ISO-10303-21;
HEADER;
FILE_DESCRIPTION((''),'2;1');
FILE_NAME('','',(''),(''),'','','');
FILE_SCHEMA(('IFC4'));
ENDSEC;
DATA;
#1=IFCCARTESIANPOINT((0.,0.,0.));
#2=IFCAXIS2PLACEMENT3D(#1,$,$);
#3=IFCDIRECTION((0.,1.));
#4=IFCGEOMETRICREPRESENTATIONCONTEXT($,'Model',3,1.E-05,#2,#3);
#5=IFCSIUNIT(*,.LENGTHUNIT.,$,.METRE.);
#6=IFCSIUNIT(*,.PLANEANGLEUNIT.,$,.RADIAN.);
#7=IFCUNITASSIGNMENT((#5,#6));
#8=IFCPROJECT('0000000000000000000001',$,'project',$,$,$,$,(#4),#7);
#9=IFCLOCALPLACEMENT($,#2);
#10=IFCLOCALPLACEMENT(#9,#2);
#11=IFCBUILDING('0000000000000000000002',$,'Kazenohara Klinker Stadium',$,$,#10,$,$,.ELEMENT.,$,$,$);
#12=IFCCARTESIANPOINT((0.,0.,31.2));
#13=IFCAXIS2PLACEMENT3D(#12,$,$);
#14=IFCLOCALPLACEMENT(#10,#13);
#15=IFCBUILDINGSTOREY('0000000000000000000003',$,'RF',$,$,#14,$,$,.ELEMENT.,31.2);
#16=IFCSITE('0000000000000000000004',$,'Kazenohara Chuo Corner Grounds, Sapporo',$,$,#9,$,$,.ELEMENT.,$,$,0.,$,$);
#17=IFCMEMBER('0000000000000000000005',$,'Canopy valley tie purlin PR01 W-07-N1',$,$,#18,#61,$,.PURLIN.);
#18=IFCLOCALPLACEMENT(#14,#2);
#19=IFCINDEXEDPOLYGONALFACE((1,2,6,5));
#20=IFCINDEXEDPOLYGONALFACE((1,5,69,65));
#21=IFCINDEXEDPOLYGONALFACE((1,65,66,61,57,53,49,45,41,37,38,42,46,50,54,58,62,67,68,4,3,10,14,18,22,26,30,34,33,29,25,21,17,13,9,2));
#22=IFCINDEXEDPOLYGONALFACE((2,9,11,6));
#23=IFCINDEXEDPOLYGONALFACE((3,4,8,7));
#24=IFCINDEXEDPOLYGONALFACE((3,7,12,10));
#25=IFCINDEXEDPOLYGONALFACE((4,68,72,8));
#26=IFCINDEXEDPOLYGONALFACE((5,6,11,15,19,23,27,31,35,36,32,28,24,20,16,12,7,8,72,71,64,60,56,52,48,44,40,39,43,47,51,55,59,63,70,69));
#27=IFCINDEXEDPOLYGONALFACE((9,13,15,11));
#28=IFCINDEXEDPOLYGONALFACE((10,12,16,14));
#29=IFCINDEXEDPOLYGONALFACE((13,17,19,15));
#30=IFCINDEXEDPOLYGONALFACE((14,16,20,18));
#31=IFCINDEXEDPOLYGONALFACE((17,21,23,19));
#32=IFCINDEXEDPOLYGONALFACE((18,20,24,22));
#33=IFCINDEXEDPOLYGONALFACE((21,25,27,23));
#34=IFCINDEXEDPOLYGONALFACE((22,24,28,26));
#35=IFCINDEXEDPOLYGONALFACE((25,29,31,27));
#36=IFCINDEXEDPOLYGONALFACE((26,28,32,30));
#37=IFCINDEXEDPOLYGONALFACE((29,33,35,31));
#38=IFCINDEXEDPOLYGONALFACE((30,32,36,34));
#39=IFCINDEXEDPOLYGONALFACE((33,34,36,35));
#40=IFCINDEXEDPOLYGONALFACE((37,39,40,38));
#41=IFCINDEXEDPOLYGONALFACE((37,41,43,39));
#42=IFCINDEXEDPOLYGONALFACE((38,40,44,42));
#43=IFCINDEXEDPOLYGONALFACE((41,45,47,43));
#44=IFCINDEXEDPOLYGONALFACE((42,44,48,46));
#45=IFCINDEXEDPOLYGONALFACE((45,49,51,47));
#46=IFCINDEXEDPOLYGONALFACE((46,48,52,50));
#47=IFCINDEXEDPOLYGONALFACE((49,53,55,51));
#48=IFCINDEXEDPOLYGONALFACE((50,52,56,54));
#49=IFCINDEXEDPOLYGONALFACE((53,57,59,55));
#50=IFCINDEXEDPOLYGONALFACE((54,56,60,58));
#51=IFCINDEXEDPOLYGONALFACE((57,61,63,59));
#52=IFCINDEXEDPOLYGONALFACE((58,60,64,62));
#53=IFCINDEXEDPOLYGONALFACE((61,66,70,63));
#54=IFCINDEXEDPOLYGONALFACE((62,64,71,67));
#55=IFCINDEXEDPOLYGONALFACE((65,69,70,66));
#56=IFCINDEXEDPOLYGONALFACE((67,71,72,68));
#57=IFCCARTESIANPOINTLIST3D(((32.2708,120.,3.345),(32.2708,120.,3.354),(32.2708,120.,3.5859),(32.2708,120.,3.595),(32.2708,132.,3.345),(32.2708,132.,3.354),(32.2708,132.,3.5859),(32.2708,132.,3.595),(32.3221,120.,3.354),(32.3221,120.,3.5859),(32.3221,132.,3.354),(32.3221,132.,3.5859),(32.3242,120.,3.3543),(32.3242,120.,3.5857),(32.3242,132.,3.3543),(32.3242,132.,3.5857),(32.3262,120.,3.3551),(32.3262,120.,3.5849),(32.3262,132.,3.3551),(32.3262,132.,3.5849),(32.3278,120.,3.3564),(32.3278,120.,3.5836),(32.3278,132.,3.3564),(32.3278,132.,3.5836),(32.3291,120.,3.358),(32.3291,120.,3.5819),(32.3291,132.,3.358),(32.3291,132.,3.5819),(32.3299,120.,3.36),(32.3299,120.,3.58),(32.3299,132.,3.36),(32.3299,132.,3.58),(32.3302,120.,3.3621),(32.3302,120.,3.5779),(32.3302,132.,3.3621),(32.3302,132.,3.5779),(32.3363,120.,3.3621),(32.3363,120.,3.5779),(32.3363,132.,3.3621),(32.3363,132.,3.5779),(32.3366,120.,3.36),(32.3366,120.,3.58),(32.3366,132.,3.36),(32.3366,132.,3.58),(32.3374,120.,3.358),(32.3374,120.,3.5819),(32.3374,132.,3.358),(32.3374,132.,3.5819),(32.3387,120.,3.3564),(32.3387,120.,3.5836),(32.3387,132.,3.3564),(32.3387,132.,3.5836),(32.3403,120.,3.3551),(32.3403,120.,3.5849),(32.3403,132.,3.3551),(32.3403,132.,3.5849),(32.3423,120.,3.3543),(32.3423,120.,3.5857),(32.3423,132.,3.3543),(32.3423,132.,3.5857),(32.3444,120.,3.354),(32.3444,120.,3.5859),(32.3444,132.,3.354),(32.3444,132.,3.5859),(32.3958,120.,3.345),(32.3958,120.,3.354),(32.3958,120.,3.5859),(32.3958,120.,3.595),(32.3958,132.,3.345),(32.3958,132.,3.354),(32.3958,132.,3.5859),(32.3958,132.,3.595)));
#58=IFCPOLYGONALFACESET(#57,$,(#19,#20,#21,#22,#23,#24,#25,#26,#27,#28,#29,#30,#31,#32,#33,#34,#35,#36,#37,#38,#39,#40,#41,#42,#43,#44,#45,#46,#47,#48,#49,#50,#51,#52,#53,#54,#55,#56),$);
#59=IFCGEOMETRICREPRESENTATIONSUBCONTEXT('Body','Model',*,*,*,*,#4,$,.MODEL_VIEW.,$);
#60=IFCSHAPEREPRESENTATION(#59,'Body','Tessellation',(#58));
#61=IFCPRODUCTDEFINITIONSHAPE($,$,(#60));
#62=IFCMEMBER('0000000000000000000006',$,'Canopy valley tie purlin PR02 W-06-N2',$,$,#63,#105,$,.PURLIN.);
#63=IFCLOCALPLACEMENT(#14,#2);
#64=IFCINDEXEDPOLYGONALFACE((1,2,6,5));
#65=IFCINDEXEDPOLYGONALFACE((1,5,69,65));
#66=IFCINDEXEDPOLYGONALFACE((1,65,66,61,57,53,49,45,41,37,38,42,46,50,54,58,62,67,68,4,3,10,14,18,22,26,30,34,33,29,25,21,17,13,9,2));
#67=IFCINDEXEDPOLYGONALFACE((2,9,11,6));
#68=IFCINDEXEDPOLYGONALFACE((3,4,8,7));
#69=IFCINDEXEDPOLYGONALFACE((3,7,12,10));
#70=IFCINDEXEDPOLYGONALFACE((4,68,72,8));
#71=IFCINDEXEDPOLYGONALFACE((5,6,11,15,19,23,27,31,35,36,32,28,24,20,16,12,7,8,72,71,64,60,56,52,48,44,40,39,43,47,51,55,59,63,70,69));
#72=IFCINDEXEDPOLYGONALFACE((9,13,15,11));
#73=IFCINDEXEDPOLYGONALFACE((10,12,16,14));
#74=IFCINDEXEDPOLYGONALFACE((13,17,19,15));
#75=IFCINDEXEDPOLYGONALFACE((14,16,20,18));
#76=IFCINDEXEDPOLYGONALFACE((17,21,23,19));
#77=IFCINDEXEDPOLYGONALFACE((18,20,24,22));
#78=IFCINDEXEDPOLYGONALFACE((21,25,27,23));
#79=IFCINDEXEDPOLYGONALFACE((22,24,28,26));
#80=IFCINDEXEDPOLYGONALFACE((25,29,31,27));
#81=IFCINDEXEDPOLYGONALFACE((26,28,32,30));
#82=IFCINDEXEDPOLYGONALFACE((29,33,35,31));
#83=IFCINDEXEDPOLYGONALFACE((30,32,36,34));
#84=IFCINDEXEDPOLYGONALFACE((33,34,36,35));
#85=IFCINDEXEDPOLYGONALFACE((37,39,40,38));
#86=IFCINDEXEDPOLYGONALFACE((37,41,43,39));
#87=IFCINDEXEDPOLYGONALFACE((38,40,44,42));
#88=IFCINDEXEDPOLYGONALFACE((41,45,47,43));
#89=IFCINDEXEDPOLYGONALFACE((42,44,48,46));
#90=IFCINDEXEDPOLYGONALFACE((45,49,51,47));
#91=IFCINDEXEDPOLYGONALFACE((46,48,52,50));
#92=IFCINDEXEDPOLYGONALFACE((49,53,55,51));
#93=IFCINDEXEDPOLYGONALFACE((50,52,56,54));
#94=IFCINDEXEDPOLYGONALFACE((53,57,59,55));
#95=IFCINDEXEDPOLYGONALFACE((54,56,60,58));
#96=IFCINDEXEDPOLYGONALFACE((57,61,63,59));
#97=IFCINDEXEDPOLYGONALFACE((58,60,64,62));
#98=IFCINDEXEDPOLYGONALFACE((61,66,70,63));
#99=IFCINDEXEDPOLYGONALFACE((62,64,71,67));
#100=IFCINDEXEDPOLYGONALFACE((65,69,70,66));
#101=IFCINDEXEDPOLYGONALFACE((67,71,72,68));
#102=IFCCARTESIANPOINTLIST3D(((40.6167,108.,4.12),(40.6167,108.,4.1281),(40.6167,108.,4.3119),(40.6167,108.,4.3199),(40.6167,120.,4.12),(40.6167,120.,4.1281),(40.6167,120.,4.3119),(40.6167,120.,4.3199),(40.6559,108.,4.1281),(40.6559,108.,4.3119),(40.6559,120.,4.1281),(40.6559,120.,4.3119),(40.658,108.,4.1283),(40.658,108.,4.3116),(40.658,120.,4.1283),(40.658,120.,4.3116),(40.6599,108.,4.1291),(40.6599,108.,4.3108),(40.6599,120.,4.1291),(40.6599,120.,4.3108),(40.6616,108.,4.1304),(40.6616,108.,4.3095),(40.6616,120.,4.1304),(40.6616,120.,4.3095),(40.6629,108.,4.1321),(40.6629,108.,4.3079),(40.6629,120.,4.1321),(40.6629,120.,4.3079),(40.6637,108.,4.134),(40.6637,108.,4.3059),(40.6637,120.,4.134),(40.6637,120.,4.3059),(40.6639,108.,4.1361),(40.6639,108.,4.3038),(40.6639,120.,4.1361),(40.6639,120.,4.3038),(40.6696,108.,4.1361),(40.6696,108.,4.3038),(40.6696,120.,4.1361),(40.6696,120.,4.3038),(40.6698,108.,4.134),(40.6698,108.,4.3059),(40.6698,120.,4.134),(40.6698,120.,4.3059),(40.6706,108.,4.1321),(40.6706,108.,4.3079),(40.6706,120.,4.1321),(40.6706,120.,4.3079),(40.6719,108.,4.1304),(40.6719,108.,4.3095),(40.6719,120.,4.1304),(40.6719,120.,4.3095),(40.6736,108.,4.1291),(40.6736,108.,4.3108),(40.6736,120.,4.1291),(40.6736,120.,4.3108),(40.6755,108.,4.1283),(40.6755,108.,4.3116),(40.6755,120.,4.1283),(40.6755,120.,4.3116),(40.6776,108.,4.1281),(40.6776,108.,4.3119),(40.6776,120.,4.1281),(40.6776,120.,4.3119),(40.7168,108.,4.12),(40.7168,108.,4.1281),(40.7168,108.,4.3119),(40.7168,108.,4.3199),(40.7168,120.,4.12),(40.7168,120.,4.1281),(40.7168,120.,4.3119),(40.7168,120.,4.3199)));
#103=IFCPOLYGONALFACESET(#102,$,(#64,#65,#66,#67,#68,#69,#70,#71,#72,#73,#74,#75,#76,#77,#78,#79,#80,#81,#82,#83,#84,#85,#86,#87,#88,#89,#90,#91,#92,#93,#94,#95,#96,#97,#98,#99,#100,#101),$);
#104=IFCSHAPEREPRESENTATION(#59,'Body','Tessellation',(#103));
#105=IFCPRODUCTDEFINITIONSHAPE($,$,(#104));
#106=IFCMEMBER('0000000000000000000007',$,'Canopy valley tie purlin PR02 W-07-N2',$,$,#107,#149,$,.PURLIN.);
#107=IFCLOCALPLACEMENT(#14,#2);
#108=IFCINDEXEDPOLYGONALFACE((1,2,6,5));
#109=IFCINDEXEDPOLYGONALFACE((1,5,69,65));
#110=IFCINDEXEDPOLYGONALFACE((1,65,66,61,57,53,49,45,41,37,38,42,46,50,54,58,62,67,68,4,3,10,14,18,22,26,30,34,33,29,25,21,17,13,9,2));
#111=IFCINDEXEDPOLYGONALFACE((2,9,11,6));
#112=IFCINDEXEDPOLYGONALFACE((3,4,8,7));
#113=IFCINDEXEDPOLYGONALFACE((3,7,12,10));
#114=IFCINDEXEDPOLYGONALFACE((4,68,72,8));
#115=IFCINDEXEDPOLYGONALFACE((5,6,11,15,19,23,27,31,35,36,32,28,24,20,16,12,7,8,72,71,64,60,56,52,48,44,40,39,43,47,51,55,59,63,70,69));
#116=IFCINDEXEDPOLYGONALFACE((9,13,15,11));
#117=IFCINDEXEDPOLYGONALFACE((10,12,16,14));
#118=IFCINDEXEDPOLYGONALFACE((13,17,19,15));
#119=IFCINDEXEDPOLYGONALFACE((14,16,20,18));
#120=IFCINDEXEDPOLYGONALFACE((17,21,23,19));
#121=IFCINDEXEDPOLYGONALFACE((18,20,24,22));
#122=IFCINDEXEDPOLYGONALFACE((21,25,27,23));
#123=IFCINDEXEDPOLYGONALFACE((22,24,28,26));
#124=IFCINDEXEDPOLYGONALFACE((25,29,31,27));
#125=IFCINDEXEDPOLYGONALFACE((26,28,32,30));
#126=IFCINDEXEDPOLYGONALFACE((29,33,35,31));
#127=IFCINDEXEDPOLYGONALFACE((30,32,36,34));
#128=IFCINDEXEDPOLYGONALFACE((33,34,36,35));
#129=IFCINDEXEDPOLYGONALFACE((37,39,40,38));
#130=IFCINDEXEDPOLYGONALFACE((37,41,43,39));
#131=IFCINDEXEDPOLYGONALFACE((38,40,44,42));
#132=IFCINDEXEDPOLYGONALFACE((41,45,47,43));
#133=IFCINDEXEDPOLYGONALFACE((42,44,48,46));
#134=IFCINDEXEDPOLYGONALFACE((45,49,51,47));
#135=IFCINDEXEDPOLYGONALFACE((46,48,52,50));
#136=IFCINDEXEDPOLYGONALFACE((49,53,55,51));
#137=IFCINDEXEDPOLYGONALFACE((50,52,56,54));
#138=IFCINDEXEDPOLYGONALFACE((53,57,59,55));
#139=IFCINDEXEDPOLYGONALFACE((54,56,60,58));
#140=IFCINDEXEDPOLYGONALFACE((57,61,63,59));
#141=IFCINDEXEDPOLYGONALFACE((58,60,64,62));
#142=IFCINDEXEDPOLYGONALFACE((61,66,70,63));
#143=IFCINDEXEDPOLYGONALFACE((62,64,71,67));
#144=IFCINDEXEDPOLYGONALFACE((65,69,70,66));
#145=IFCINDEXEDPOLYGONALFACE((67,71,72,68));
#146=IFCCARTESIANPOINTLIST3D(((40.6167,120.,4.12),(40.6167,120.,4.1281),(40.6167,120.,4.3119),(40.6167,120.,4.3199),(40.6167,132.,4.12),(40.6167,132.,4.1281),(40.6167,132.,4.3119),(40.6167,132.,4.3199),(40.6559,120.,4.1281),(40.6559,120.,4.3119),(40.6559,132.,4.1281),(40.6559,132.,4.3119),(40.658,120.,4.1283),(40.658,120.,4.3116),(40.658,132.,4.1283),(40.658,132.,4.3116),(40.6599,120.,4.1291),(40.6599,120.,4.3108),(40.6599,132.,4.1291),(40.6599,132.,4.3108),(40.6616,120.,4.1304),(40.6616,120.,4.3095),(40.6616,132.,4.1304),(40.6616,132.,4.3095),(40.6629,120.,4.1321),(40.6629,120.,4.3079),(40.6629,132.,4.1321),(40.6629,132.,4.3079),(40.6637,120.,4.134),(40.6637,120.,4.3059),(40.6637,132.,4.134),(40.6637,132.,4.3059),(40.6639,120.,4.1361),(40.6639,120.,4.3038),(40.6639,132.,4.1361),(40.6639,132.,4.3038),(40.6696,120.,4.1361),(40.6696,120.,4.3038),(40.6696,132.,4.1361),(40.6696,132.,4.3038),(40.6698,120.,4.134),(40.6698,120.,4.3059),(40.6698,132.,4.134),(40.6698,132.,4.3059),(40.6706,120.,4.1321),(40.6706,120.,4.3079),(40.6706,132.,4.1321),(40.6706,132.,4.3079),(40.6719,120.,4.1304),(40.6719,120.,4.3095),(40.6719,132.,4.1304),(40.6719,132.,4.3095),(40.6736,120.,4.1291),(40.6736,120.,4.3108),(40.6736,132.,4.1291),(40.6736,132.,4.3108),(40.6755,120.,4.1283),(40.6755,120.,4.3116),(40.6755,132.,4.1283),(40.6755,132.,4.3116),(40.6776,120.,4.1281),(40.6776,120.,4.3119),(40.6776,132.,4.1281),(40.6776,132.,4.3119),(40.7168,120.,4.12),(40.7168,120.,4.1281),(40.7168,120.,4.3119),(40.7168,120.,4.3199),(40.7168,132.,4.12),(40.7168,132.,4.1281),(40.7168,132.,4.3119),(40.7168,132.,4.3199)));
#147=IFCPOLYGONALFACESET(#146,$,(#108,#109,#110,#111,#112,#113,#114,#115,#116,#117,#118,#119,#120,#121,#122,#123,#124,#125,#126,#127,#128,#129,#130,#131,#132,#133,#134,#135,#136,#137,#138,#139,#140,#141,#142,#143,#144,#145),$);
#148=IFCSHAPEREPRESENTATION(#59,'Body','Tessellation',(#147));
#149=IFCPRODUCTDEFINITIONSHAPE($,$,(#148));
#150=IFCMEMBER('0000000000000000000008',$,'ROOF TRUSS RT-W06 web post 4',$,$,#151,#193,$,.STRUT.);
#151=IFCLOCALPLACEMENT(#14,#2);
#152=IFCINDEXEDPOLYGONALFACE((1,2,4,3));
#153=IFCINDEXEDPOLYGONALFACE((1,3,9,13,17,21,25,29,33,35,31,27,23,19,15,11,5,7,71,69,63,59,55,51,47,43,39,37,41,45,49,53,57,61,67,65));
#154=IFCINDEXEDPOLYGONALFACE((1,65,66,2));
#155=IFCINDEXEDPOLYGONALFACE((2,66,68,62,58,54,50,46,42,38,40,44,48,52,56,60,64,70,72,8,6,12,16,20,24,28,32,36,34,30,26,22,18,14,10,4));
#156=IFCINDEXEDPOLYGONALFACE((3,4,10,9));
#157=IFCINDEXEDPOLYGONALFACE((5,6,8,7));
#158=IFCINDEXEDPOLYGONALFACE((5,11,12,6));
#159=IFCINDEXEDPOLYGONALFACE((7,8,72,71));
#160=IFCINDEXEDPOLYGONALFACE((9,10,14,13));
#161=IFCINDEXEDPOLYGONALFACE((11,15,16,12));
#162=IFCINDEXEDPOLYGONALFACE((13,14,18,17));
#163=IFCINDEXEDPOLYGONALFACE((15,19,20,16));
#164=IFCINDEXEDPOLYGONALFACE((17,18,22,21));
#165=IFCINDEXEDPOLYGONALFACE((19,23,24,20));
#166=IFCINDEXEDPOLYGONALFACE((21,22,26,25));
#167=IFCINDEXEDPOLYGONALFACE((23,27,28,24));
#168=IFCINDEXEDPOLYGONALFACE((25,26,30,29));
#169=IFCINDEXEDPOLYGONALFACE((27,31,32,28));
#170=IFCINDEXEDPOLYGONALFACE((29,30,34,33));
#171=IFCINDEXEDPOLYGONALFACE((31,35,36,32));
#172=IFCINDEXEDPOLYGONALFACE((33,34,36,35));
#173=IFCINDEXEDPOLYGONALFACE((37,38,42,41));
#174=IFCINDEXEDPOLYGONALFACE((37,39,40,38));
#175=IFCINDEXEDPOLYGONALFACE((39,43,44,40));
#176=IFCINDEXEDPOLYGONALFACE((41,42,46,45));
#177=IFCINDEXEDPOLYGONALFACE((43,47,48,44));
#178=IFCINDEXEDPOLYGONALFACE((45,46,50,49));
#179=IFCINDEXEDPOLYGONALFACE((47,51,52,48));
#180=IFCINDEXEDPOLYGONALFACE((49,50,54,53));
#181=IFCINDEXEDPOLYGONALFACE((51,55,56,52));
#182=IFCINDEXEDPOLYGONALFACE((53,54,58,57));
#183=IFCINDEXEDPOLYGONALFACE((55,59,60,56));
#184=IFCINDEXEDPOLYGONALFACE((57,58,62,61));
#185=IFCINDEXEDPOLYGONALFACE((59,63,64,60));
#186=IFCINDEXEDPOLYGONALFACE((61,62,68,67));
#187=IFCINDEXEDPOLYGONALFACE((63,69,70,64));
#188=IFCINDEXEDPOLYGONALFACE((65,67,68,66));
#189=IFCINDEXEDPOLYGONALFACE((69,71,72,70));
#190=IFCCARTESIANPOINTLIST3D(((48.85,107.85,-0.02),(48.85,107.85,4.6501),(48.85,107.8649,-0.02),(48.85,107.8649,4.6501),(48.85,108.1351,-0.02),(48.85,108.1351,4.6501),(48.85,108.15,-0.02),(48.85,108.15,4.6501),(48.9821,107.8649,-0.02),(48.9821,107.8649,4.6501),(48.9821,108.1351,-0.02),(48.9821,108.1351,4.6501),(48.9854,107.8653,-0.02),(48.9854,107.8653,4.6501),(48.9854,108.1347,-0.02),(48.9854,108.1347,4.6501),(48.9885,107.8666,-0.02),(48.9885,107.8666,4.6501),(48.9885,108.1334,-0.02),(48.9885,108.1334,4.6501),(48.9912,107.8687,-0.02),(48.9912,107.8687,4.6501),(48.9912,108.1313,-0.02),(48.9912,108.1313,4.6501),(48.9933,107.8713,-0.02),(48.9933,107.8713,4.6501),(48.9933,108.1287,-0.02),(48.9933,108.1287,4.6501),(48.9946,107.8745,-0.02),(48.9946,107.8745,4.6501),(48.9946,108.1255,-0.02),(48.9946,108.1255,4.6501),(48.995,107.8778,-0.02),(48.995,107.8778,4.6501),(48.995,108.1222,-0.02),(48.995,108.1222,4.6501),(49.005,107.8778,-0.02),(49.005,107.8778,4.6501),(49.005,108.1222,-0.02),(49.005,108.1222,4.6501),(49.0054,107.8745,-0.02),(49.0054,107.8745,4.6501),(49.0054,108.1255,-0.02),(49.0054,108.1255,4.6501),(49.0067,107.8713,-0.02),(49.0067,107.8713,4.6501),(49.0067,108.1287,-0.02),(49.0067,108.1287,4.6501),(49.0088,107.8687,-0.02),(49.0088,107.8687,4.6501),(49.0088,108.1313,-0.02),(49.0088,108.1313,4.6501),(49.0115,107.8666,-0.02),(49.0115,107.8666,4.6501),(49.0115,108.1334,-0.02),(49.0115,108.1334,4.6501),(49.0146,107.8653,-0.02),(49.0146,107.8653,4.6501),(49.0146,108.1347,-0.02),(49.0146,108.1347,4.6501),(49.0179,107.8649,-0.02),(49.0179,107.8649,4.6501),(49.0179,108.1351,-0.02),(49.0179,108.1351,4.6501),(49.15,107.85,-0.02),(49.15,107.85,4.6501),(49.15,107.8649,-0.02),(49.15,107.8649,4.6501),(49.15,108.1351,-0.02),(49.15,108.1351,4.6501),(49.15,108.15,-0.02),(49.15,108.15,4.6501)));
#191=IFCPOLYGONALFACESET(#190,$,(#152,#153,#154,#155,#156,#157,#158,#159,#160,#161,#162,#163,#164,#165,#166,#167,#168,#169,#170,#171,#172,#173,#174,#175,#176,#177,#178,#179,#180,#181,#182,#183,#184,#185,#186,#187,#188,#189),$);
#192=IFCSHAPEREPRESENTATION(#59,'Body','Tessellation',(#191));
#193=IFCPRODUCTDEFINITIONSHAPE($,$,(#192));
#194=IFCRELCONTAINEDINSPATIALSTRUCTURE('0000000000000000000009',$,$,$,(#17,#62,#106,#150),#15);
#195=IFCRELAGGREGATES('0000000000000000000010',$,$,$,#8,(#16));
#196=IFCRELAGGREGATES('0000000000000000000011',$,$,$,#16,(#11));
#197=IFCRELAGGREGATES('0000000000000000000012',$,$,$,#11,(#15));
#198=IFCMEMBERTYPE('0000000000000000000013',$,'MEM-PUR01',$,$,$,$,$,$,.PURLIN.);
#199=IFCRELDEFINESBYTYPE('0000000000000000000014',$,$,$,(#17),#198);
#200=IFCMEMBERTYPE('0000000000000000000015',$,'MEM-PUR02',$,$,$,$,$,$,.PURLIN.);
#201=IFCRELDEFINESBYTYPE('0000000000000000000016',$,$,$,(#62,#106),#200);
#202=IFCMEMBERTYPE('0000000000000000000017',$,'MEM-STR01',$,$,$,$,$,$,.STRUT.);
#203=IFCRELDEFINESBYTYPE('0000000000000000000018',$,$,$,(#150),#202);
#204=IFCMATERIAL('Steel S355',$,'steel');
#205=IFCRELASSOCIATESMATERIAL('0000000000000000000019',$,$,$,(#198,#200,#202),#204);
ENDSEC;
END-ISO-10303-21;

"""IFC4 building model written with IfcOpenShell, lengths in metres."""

from ifc_helpers import new_model, si_unit, direction, frame, origin, origin_2d, place, context, subcontext, project, spatial, i_section, extrude, material, material_profile, profile_set, type_object, element, save


model = new_model("IFC4")

# Units and contexts
model_context = context("Model", 3, precision=1e-05, world=origin(), true_north=direction((0.0, 1.0)))
body_context = subcontext(model_context, "Body", "Model", "MODEL_VIEW")
ifc_project = project(units=[si_unit("LENGTHUNIT", "METRE"), si_unit("PLANEANGLEUNIT", "RADIAN")], contexts=[model_context])

# Site, building, storey
site_placement = place(None, origin())
site = spatial("IfcSite", under=ifc_project, at=site_placement, Name="Kazenohara Chuo Corner Grounds, Sapporo", CompositionType="ELEMENT", RefElevation=0.0)
building_placement = place(site_placement, origin())
building = spatial("IfcBuilding", under=site, at=building_placement, Name="Kazenohara Klinker Stadium", CompositionType="ELEMENT")
storey_placement = place(building_placement, frame((0.0, 0.0, 31.2)))
storey = spatial("IfcBuildingStorey", under=building, at=storey_placement, Name="RF", CompositionType="ELEMENT", Elevation=31.2)

# Members
ifc_material = material(Name="Steel S355", Category="steel")
ifc_material_profile_1 = material_profile(ifc_material, i_section(OverallWidth=0.125, OverallDepth=0.25, WebThickness=0.0061, FlangeThickness=0.009, FilletRadius=0.0081, at=origin_2d()), Name="H-250x125x6x9")
ifc_profile_set_1 = profile_set([ifc_material_profile_1], Name="Steel S355")
member_type_1 = type_object("IfcMemberType", Name="MEM-PUR01", PredefinedType="PURLIN", material=ifc_profile_set_1)
member_1_placement = place(storey_placement, frame((32.3333, 120.0, 3.47), z_axis=(0.0, 1.0, 0.0), x_axis=(-1.0, 0.0, 0.0)))
element("IfcMember", 1, at=member_1_placement, inside=storey, type_object=member_type_1, Name="Canopy valley tie purlin PR01 W-07-N1", PredefinedType="PURLIN", context=body_context, shape_type="SweptSolid", body=[
    extrude(i_section(OverallWidth=0.125, OverallDepth=0.25, WebThickness=0.0061, FlangeThickness=0.009, FilletRadius=0.0081, at=origin_2d()), origin(), (0.0, 0.0, 1.0), 12.0),
])
ifc_material_profile_2 = material_profile(ifc_material, i_section(OverallWidth=0.1001, OverallDepth=0.2, WebThickness=0.0056, FlangeThickness=0.0081, FilletRadius=0.0081, at=origin_2d()), Name="H-200x100x5.5x8")
ifc_profile_set_2 = profile_set([ifc_material_profile_2], Name="Steel S355")
member_type_2 = type_object("IfcMemberType", Name="MEM-PUR02", PredefinedType="PURLIN", material=ifc_profile_set_2)
for number, where, z_axis, x_axis, name in (
    (2, (40.6667, 108.0, 4.22), (0.0, 1.0, 0.0), (-1.0, 0.0, 0.0), "Canopy valley tie purlin PR02 W-06-N2"),
    (3, (40.6667, 120.0, 4.22), (0.0, 1.0, 0.0), (-1.0, 0.0, 0.0), "Canopy valley tie purlin PR02 W-07-N2"),
):
    element("IfcMember", number, at=place(storey_placement, frame(where, z_axis=z_axis, x_axis=x_axis)), inside=storey, type_object=member_type_2, Name=name, PredefinedType="PURLIN", context=body_context, shape_type="SweptSolid", body=[
        extrude(i_section(OverallWidth=0.1001, OverallDepth=0.2, WebThickness=0.0056, FlangeThickness=0.0081, FilletRadius=0.0081, at=origin_2d()), origin(), (0.0, 0.0, 1.0), 12.0),
    ])
ifc_material_profile_3 = material_profile(ifc_material, i_section(OverallWidth=0.3, OverallDepth=0.3, WebThickness=0.01, FlangeThickness=0.0149, FilletRadius=0.0129, at=origin_2d()), Name="H-300x300x10x15")
ifc_profile_set_3 = profile_set([ifc_material_profile_3], Name="Steel S355")
member_type_3 = type_object("IfcMemberType", Name="MEM-STR01", PredefinedType="STRUT", material=ifc_profile_set_3)
member_2_placement = place(storey_placement, frame((49.0, 108.0, -0.02), z_axis=(0.0, 0.0, 1.0), x_axis=(1.0, 0.0, 0.0)))
element("IfcMember", 4, at=member_2_placement, inside=storey, type_object=member_type_3, Name="ROOF TRUSS RT-W06 web post 4", PredefinedType="STRUT", context=body_context, shape_type="SweptSolid", body=[
    extrude(i_section(OverallWidth=0.3, OverallDepth=0.3, WebThickness=0.01, FlangeThickness=0.0149, FilletRadius=0.0129, at=origin_2d()), origin(), (0.0, 0.0, 1.0), 4.6702),
])

save(model, "model.ifc")
